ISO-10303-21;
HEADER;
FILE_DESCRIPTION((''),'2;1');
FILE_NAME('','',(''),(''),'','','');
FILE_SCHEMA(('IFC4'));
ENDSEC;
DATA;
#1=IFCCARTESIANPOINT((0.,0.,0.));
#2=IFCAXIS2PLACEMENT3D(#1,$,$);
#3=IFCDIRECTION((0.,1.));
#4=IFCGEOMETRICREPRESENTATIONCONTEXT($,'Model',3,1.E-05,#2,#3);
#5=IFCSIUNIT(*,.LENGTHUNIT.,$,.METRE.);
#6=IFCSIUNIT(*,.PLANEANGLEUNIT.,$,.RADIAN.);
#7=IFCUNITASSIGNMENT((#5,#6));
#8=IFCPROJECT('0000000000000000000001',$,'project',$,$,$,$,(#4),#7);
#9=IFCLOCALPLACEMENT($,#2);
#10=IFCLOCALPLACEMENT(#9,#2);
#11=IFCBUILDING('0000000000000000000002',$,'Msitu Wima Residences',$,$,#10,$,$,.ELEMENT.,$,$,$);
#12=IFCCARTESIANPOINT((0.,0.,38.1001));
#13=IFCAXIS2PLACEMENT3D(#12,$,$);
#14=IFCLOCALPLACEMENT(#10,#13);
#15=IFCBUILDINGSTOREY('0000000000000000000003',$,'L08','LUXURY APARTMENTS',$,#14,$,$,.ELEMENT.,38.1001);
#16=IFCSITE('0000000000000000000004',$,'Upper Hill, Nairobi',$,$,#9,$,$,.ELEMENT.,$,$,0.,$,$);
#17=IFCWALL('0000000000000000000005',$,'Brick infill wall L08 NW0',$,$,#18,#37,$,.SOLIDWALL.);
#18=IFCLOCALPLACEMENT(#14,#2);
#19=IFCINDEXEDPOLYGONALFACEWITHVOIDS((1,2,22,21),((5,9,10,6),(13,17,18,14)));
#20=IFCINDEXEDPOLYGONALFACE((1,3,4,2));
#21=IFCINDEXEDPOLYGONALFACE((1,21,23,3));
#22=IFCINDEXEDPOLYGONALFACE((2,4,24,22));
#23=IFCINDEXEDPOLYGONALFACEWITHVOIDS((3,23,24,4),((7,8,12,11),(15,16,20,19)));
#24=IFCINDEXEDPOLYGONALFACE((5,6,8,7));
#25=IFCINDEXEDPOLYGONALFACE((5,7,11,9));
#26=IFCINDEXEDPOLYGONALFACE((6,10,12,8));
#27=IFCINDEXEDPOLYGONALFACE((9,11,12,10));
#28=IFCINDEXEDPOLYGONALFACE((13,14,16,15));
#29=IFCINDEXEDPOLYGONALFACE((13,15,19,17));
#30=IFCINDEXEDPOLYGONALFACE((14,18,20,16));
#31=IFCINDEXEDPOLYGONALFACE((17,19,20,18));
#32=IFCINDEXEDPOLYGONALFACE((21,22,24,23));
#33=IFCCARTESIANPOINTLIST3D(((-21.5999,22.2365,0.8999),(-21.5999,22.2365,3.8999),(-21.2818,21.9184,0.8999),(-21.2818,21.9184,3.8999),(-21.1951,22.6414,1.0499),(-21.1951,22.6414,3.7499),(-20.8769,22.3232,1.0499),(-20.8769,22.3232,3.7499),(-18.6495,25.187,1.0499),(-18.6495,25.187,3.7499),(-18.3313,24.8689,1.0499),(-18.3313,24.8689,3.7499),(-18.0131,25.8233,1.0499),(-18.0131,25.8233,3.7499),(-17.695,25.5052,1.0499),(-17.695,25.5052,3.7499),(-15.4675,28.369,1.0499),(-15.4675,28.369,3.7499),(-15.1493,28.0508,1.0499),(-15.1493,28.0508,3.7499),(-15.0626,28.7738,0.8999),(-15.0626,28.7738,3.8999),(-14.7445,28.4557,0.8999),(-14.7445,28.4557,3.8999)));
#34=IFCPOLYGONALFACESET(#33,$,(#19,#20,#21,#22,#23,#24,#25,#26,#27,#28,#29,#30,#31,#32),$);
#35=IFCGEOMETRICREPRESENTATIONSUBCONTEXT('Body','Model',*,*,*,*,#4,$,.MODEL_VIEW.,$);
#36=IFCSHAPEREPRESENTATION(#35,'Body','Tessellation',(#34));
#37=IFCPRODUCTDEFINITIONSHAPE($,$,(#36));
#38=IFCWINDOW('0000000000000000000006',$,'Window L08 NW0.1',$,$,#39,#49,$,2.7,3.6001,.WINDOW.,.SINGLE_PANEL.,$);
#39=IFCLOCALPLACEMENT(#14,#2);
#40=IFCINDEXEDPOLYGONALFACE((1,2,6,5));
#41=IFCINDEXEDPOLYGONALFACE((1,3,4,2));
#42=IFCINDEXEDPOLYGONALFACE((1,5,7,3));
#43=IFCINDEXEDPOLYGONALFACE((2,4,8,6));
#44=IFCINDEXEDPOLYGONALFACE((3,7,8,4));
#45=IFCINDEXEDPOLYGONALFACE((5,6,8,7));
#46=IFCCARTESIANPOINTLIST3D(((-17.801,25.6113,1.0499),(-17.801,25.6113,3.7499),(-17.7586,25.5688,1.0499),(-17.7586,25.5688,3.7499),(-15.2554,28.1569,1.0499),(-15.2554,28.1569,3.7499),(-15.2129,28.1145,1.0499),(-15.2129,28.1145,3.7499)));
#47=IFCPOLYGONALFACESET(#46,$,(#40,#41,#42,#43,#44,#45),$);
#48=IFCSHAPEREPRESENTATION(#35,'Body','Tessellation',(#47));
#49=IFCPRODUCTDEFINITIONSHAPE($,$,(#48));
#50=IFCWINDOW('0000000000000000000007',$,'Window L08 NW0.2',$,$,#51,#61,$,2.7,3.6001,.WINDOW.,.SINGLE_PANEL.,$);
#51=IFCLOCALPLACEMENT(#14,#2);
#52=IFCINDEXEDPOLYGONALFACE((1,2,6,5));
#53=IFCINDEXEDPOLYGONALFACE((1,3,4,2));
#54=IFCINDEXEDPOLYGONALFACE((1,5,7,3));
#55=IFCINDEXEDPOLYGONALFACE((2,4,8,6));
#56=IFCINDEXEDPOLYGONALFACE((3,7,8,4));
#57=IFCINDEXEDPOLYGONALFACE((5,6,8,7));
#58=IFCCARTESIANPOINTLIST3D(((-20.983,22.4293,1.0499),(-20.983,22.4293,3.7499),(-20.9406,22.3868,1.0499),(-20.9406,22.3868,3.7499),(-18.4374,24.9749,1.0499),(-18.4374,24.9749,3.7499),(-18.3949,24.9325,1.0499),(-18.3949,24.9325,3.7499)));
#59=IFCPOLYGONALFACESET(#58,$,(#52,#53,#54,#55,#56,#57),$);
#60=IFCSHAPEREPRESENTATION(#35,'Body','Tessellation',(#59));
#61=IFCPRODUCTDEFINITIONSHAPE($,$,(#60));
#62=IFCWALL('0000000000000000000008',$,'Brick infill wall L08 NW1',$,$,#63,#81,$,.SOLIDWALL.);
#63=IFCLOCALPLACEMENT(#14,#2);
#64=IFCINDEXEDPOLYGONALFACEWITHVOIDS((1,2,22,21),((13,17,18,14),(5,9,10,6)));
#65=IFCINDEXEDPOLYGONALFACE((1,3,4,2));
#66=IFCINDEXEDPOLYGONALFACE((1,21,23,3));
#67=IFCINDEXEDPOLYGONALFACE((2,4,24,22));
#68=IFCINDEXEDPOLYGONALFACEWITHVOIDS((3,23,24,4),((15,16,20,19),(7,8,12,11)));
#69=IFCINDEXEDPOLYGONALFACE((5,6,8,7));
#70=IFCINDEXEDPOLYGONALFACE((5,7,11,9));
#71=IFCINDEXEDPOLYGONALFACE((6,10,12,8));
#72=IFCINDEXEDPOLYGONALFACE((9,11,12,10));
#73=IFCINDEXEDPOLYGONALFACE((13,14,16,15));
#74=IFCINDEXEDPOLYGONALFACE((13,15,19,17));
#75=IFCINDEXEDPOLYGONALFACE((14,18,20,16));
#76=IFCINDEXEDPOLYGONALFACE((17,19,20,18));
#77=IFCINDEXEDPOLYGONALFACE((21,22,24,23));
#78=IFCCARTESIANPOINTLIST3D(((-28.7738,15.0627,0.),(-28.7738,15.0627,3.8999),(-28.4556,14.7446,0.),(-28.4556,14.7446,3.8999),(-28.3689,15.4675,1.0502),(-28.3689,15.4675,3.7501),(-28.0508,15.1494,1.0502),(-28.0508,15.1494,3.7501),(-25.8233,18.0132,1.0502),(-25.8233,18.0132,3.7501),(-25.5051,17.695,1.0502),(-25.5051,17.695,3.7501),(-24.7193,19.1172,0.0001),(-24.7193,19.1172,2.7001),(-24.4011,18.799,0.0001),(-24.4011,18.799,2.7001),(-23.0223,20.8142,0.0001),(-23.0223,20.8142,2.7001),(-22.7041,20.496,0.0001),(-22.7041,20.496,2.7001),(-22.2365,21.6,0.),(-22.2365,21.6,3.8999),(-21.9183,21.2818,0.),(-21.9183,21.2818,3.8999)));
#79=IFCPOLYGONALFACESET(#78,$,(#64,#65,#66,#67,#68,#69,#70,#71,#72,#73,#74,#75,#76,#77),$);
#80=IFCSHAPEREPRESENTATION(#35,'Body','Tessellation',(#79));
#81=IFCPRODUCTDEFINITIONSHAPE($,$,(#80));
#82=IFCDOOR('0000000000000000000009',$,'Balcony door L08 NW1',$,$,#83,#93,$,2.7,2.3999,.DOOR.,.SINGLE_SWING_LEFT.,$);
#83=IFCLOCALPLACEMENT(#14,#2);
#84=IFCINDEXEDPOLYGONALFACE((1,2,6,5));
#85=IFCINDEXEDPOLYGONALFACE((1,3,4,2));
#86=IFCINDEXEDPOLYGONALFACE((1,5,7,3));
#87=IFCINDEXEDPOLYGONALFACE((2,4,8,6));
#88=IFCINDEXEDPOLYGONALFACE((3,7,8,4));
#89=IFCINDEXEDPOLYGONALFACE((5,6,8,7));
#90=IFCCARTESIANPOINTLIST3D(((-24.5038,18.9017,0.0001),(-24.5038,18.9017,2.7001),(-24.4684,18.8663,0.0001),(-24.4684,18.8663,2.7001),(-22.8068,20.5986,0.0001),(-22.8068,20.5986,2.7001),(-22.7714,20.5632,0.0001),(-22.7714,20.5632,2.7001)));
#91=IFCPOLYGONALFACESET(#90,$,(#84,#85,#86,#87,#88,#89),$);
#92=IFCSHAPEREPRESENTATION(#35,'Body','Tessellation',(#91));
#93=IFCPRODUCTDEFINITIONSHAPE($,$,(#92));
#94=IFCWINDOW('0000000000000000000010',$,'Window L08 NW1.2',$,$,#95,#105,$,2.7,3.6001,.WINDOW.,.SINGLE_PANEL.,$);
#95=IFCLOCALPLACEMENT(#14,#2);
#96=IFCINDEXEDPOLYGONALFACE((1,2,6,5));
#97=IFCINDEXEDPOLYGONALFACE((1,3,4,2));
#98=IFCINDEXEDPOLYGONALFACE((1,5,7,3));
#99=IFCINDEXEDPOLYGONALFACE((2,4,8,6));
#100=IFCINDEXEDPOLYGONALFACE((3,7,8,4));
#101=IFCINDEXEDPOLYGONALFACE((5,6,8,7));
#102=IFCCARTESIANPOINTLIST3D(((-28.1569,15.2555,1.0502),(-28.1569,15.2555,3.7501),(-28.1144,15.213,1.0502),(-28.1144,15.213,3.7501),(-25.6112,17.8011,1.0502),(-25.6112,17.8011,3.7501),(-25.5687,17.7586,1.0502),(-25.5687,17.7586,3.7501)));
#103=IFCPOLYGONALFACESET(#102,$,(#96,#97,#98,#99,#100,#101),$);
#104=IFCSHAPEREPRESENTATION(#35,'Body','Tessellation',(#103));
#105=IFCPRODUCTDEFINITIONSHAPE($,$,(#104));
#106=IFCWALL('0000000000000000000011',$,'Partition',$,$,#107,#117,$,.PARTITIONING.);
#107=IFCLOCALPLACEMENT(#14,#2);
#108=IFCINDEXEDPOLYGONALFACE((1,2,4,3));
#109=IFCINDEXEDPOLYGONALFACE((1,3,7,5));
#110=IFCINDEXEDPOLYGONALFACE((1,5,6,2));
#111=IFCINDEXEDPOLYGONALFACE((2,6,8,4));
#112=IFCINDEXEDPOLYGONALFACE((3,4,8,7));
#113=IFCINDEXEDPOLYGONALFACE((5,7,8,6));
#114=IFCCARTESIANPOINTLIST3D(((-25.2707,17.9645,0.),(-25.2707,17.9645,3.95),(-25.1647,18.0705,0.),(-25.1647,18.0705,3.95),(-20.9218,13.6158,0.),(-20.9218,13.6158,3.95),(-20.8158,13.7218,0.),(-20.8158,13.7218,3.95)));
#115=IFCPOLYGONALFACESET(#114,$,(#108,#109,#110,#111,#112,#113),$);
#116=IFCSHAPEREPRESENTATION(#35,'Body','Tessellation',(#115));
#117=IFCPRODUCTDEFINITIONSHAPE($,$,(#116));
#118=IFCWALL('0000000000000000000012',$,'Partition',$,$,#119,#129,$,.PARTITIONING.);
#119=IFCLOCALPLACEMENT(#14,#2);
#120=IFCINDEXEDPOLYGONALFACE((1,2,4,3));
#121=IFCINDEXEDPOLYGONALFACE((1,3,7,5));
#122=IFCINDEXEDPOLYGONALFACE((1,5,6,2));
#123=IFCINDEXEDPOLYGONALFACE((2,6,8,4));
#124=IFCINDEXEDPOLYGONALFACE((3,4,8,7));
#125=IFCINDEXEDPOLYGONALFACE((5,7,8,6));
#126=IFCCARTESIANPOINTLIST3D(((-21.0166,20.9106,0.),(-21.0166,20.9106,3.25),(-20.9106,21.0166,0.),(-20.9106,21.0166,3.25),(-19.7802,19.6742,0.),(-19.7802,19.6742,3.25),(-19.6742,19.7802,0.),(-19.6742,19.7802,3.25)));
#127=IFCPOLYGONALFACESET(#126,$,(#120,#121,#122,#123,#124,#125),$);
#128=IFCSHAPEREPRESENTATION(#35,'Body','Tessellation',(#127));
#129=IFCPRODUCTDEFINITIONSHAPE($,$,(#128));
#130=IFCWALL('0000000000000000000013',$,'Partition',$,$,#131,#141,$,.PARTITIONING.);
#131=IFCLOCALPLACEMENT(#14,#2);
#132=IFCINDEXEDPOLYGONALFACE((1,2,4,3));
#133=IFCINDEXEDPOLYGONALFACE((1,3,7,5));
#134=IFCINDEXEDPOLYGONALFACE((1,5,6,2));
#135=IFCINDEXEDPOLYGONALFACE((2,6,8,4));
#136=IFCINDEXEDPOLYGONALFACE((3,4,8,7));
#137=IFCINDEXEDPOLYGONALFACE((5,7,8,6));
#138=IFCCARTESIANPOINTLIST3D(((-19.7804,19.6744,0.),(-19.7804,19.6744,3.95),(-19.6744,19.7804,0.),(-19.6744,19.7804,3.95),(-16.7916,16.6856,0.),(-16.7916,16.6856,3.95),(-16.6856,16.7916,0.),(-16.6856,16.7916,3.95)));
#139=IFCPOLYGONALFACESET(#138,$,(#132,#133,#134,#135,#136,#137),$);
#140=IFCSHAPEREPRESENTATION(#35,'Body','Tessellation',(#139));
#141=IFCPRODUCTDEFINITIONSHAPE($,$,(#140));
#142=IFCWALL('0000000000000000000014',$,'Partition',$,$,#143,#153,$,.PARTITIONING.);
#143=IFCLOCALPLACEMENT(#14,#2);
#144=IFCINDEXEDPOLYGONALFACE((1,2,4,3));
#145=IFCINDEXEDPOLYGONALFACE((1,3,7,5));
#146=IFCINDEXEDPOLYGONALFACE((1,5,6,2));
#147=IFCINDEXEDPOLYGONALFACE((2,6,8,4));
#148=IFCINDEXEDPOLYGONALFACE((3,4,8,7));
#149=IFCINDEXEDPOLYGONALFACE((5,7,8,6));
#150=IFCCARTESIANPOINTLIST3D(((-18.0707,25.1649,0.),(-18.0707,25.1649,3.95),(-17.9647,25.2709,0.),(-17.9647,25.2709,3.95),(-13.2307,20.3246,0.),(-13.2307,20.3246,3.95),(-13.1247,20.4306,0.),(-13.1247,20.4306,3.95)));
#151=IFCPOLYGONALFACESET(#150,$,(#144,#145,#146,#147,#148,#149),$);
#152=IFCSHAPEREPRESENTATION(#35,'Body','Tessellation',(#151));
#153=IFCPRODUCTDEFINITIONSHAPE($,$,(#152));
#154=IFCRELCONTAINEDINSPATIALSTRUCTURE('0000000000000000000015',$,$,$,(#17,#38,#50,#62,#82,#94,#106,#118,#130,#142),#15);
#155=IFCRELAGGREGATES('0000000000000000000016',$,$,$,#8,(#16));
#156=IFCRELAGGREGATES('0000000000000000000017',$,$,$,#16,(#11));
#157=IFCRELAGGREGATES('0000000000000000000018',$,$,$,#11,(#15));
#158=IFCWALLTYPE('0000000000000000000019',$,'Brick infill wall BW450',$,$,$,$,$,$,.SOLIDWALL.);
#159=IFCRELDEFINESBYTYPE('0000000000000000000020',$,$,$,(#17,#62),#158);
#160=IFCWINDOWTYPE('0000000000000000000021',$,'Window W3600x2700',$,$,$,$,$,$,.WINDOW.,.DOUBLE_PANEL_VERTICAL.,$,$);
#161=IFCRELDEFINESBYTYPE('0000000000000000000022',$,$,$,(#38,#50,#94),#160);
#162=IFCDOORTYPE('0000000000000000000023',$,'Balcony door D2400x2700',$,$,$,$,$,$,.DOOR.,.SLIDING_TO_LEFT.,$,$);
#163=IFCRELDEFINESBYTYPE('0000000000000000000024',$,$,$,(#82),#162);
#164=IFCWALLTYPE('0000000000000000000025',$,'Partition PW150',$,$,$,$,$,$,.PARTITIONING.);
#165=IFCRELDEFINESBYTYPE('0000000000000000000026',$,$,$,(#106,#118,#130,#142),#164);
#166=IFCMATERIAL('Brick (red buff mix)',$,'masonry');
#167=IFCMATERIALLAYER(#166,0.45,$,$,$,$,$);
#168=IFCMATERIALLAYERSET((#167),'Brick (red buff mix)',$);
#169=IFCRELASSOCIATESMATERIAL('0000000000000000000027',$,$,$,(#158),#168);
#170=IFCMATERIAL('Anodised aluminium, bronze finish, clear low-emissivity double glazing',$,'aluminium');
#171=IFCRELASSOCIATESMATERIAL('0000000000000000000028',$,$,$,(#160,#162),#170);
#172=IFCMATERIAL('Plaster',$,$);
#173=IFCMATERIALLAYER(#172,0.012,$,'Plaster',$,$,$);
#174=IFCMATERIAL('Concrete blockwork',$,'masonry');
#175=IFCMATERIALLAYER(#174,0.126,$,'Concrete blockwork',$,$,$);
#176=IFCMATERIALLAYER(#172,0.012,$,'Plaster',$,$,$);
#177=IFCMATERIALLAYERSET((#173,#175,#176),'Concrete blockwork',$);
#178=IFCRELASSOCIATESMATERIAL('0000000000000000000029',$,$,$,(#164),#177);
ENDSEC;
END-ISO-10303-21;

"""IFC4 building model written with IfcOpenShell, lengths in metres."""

from ifc_helpers import new_model, si_unit, direction, frame, frame_2d, origin, place, context, subcontext, project, spatial, rectangle, extrude, material, layer, layer_set, type_object, element, fill, save


model = new_model("IFC4")

# Units and contexts
model_context = context("Model", 3, precision=1e-05, world=origin(), true_north=direction((0.0, 1.0)))
body_context = subcontext(model_context, "Body", "Model", "MODEL_VIEW")
ifc_project = project(units=[si_unit("LENGTHUNIT", "METRE"), si_unit("PLANEANGLEUNIT", "RADIAN")], contexts=[model_context])

# Site, building, storey
site_placement = place(None, origin())
site = spatial("IfcSite", under=ifc_project, at=site_placement, Name="Upper Hill, Nairobi", CompositionType="ELEMENT", RefElevation=0.0)
building_placement = place(site_placement, origin())
building = spatial("IfcBuilding", under=site, at=building_placement, Name="Msitu Wima Residences", CompositionType="ELEMENT")
storey_placement = place(building_placement, frame((0.0, 0.0, 38.1001)))
storey = spatial("IfcBuildingStorey", under=building, at=storey_placement, Name="L08", Description="LUXURY APARTMENTS", CompositionType="ELEMENT", Elevation=38.1001)

# Wall, openings, windows
ifc_material_1 = material(Name="Brick (red buff mix)", Category="masonry")
ifc_layer_1 = layer(ifc_material_1, 0.45)
ifc_layer_set_1 = layer_set([ifc_layer_1], Name="Brick (red buff mix)")
wall_type_1 = type_object("IfcWallType", Name="Brick infill wall BW450", PredefinedType="SOLIDWALL", material=ifc_layer_set_1)
wall_1_placement = place(storey_placement, frame((-14.9036, 28.6147, 0.8999), z_axis=(0.0, 0.0, 1.0), x_axis=(-0.707107, -0.707107, 0.0)))
wall_1 = element("IfcWall", 1, at=wall_1_placement, inside=storey, type_object=wall_type_1, Name="Brick infill wall L08 NW0", PredefinedType="SOLIDWALL", context=body_context, shape_type="SweptSolid", body=[
    extrude(rectangle(XDim=9.2451, YDim=0.45, at=frame_2d((4.6226, 0.0))), origin(), (0.0, 0.0, 1.0), 3.0),
])
opening_1_placement = place(wall_1_placement, frame((0.5725, 0.0, 0.1499)))
opening_1 = element("IfcOpeningElement", 2, at=opening_1_placement, cuts=wall_1, PredefinedType="OPENING", context=body_context, shape_type="SweptSolid", body=[
    extrude(rectangle(XDim=3.6001, YDim=2.7, at=frame_2d((1.8, 1.3501))), frame((0.0, 0.2349, 0.0), z_axis=(0.0, -1.0, 0.0), x_axis=(1.0, 0.0, 0.0)), (0.0, 0.0, 1.0), 0.47),
])
opening_2_placement = place(wall_1_placement, frame((5.0725, 0.0, 0.1499)))
opening_2 = element("IfcOpeningElement", 3, at=opening_2_placement, cuts=wall_1, PredefinedType="OPENING", context=body_context, shape_type="SweptSolid", body=[
    extrude(rectangle(XDim=3.6001, YDim=2.7, at=frame_2d((1.8, 1.3501))), frame((0.0, 0.2349, 0.0), z_axis=(0.0, -1.0, 0.0), x_axis=(1.0, 0.0, 0.0)), (0.0, 0.0, 1.0), 0.47),
])
ifc_material_2 = material(Name="Anodised aluminium, bronze finish, clear low-emissivity double glazing", Category="aluminium")
window_type = type_object("IfcWindowType", Name="Window W3600x2700", PartitioningType="DOUBLE_PANEL_VERTICAL", PredefinedType="WINDOW", material=ifc_material_2)
window_1_placement = place(opening_1_placement, origin())
window_1 = element("IfcWindow", 4, at=window_1_placement, inside=storey, type_object=window_type, Name="Window L08 NW0.1", OverallHeight=2.7, OverallWidth=3.6001, PartitioningType="SINGLE_PANEL", PredefinedType="WINDOW", context=body_context, shape_type="SweptSolid", body=[
    extrude(rectangle(XDim=3.6001, YDim=2.7, at=frame_2d((1.8, 1.3501))), frame((0.0, 0.135, 0.0), z_axis=(0.0, -1.0, 0.0), x_axis=(1.0, 0.0, 0.0)), (0.0, 0.0, 1.0), 0.0601),
])
fill(opening_1, window_1)
window_2_placement = place(opening_2_placement, origin())
window_2 = element("IfcWindow", 5, at=window_2_placement, inside=storey, type_object=window_type, Name="Window L08 NW0.2", OverallHeight=2.7, OverallWidth=3.6001, PartitioningType="SINGLE_PANEL", PredefinedType="WINDOW", context=body_context, shape_type="SweptSolid", body=[
    extrude(rectangle(XDim=3.6001, YDim=2.7, at=frame_2d((1.8, 1.3501))), frame((0.0, 0.135, 0.0), z_axis=(0.0, -1.0, 0.0), x_axis=(1.0, 0.0, 0.0)), (0.0, 0.0, 1.0), 0.0601),
])
fill(opening_2, window_2)

# Wall, openings, door, window
wall_2_placement = place(storey_placement, frame((-22.0774, 21.4409, 0.0), z_axis=(0.0, 0.0, 1.0), x_axis=(-0.707107, -0.707107, 0.0)))
wall_2 = element("IfcWall", 6, at=wall_2_placement, inside=storey, type_object=wall_type_1, Name="Brick infill wall L08 NW1", PredefinedType="SOLIDWALL", context=body_context, shape_type="SweptSolid", body=[
    extrude(rectangle(XDim=9.2451, YDim=0.45, at=frame_2d((4.6226, 0.0))), origin(), (0.0, 0.0, 1.0), 3.8999),
])
opening_3_placement = place(wall_2_placement, frame((1.1113, 0.0, 0.0)))
opening_3 = element("IfcOpeningElement", 7, at=opening_3_placement, cuts=wall_2, PredefinedType="OPENING", context=body_context, shape_type="SweptSolid", body=[
    extrude(rectangle(XDim=2.3999, YDim=2.7, at=frame_2d((1.2, 1.3501))), frame((0.0, 0.2349, 0.0), z_axis=(0.0, -1.0, 0.0), x_axis=(1.0, 0.0, 0.0)), (0.0, 0.0, 1.0), 0.47),
])
opening_4_placement = place(wall_2_placement, frame((5.0725, 0.0, 1.05)))
opening_4 = element("IfcOpeningElement", 8, at=opening_4_placement, cuts=wall_2, PredefinedType="OPENING", context=body_context, shape_type="SweptSolid", body=[
    extrude(rectangle(XDim=3.6001, YDim=2.7, at=frame_2d((1.8, 1.3501))), frame((0.0, 0.2349, 0.0), z_axis=(0.0, -1.0, 0.0), x_axis=(1.0, 0.0, 0.0)), (0.0, 0.0, 1.0), 0.47),
])
door_type_1 = type_object("IfcDoorType", Name="Balcony door D2400x2700", OperationType="SLIDING_TO_LEFT", PredefinedType="DOOR", material=ifc_material_2)
door_1_placement = place(opening_3_placement, origin())
door_1 = element("IfcDoor", 9, at=door_1_placement, inside=storey, type_object=door_type_1, Name="Balcony door L08 NW1", OperationType="SINGLE_SWING_LEFT", OverallHeight=2.7, OverallWidth=2.3999, PredefinedType="DOOR", context=body_context, shape_type="SweptSolid", body=[
    extrude(rectangle(XDim=2.3999, YDim=2.7, at=frame_2d((1.2, 1.3501))), frame((0.0, 0.1299, 0.0), z_axis=(0.0, -1.0, 0.0), x_axis=(1.0, 0.0, 0.0)), (0.0, 0.0, 1.0), 0.05),
])
fill(opening_3, door_1)
window_3_placement = place(opening_4_placement, origin())
window_3 = element("IfcWindow", 10, at=window_3_placement, inside=storey, type_object=window_type, Name="Window L08 NW1.2", OverallHeight=2.7, OverallWidth=3.6001, PartitioningType="SINGLE_PANEL", PredefinedType="WINDOW", context=body_context, shape_type="SweptSolid", body=[
    extrude(rectangle(XDim=3.6001, YDim=2.7, at=frame_2d((1.8, 1.3501))), frame((0.0, 0.135, 0.0), z_axis=(0.0, -1.0, 0.0), x_axis=(1.0, 0.0, 0.0)), (0.0, 0.0, 1.0), 0.0601),
])
fill(opening_4, window_3)

# Walls
ifc_material_3 = material(Name="Plaster")
ifc_layer_2 = layer(ifc_material_3, 0.012, Name="Plaster")
ifc_material_4 = material(Name="Concrete blockwork", Category="masonry")
ifc_layer_3 = layer(ifc_material_4, 0.126, Name="Concrete blockwork")
ifc_layer_4 = layer(ifc_material_3, 0.012, Name="Plaster")
ifc_layer_set_2 = layer_set([ifc_layer_2, ifc_layer_3, ifc_layer_4], Name="Concrete blockwork")
wall_type_2 = type_object("IfcWallType", Name="Partition PW150", PredefinedType="PARTITIONING", material=ifc_layer_set_2)
wall_3_placement = place(storey_placement, frame((-25.2178, 18.0176, 0.0), z_axis=(0.0, 0.0, 1.0), x_axis=(0.707127, -0.707087, 0.0)))
element("IfcWall", 11, at=wall_3_placement, inside=storey, type_object=wall_type_2, Name="Partition", PredefinedType="PARTITIONING", context=body_context, shape_type="SweptSolid", body=[
    extrude(rectangle(XDim=6.1501, YDim=0.1499, at=frame_2d((3.0752, 0.0))), origin(), (0.0, 0.0, 1.0), 3.95),
])
wall_4_placement = place(storey_placement, frame((-20.9636, 20.9636, 0.0), z_axis=(0.0, 0.0, 1.0), x_axis=(0.707107, -0.707107, 0.0)))
element("IfcWall", 12, at=wall_4_placement, inside=storey, type_object=wall_type_2, Name="Partition", PredefinedType="PARTITIONING", context=body_context, shape_type="SweptSolid", body=[
    extrude(rectangle(XDim=1.7485, YDim=0.1499, at=frame_2d((0.8743, 0.0))), origin(), (0.0, 0.0, 1.0), 3.25),
])
wall_5_placement = place(storey_placement, frame((-19.7273, 19.7273, 0.0), z_axis=(0.0, 0.0, 1.0), x_axis=(0.707107, -0.707107, 0.0)))
element("IfcWall", 13, at=wall_5_placement, inside=storey, type_object=wall_type_2, Name="Partition", PredefinedType="PARTITIONING", context=body_context, shape_type="SweptSolid", body=[
    extrude(rectangle(XDim=4.2268, YDim=0.1499, at=frame_2d((2.1133, 0.0))), origin(), (0.0, 0.0, 1.0), 3.95),
])
wall_6_placement = place(storey_placement, frame((-18.0176, 25.2178, 0.0), z_axis=(0.0, 0.0, 1.0), x_axis=(0.707089, -0.707125, 0.0)))
element("IfcWall", 14, at=wall_6_placement, inside=storey, type_object=wall_type_2, Name="Partition", PredefinedType="PARTITIONING", context=body_context, shape_type="SweptSolid", body=[
    extrude(rectangle(XDim=6.845, YDim=0.1499, at=frame_2d((3.4224, 0.0))), origin(), (0.0, 0.0, 1.0), 3.95),
])

save(model, "model.ifc")
